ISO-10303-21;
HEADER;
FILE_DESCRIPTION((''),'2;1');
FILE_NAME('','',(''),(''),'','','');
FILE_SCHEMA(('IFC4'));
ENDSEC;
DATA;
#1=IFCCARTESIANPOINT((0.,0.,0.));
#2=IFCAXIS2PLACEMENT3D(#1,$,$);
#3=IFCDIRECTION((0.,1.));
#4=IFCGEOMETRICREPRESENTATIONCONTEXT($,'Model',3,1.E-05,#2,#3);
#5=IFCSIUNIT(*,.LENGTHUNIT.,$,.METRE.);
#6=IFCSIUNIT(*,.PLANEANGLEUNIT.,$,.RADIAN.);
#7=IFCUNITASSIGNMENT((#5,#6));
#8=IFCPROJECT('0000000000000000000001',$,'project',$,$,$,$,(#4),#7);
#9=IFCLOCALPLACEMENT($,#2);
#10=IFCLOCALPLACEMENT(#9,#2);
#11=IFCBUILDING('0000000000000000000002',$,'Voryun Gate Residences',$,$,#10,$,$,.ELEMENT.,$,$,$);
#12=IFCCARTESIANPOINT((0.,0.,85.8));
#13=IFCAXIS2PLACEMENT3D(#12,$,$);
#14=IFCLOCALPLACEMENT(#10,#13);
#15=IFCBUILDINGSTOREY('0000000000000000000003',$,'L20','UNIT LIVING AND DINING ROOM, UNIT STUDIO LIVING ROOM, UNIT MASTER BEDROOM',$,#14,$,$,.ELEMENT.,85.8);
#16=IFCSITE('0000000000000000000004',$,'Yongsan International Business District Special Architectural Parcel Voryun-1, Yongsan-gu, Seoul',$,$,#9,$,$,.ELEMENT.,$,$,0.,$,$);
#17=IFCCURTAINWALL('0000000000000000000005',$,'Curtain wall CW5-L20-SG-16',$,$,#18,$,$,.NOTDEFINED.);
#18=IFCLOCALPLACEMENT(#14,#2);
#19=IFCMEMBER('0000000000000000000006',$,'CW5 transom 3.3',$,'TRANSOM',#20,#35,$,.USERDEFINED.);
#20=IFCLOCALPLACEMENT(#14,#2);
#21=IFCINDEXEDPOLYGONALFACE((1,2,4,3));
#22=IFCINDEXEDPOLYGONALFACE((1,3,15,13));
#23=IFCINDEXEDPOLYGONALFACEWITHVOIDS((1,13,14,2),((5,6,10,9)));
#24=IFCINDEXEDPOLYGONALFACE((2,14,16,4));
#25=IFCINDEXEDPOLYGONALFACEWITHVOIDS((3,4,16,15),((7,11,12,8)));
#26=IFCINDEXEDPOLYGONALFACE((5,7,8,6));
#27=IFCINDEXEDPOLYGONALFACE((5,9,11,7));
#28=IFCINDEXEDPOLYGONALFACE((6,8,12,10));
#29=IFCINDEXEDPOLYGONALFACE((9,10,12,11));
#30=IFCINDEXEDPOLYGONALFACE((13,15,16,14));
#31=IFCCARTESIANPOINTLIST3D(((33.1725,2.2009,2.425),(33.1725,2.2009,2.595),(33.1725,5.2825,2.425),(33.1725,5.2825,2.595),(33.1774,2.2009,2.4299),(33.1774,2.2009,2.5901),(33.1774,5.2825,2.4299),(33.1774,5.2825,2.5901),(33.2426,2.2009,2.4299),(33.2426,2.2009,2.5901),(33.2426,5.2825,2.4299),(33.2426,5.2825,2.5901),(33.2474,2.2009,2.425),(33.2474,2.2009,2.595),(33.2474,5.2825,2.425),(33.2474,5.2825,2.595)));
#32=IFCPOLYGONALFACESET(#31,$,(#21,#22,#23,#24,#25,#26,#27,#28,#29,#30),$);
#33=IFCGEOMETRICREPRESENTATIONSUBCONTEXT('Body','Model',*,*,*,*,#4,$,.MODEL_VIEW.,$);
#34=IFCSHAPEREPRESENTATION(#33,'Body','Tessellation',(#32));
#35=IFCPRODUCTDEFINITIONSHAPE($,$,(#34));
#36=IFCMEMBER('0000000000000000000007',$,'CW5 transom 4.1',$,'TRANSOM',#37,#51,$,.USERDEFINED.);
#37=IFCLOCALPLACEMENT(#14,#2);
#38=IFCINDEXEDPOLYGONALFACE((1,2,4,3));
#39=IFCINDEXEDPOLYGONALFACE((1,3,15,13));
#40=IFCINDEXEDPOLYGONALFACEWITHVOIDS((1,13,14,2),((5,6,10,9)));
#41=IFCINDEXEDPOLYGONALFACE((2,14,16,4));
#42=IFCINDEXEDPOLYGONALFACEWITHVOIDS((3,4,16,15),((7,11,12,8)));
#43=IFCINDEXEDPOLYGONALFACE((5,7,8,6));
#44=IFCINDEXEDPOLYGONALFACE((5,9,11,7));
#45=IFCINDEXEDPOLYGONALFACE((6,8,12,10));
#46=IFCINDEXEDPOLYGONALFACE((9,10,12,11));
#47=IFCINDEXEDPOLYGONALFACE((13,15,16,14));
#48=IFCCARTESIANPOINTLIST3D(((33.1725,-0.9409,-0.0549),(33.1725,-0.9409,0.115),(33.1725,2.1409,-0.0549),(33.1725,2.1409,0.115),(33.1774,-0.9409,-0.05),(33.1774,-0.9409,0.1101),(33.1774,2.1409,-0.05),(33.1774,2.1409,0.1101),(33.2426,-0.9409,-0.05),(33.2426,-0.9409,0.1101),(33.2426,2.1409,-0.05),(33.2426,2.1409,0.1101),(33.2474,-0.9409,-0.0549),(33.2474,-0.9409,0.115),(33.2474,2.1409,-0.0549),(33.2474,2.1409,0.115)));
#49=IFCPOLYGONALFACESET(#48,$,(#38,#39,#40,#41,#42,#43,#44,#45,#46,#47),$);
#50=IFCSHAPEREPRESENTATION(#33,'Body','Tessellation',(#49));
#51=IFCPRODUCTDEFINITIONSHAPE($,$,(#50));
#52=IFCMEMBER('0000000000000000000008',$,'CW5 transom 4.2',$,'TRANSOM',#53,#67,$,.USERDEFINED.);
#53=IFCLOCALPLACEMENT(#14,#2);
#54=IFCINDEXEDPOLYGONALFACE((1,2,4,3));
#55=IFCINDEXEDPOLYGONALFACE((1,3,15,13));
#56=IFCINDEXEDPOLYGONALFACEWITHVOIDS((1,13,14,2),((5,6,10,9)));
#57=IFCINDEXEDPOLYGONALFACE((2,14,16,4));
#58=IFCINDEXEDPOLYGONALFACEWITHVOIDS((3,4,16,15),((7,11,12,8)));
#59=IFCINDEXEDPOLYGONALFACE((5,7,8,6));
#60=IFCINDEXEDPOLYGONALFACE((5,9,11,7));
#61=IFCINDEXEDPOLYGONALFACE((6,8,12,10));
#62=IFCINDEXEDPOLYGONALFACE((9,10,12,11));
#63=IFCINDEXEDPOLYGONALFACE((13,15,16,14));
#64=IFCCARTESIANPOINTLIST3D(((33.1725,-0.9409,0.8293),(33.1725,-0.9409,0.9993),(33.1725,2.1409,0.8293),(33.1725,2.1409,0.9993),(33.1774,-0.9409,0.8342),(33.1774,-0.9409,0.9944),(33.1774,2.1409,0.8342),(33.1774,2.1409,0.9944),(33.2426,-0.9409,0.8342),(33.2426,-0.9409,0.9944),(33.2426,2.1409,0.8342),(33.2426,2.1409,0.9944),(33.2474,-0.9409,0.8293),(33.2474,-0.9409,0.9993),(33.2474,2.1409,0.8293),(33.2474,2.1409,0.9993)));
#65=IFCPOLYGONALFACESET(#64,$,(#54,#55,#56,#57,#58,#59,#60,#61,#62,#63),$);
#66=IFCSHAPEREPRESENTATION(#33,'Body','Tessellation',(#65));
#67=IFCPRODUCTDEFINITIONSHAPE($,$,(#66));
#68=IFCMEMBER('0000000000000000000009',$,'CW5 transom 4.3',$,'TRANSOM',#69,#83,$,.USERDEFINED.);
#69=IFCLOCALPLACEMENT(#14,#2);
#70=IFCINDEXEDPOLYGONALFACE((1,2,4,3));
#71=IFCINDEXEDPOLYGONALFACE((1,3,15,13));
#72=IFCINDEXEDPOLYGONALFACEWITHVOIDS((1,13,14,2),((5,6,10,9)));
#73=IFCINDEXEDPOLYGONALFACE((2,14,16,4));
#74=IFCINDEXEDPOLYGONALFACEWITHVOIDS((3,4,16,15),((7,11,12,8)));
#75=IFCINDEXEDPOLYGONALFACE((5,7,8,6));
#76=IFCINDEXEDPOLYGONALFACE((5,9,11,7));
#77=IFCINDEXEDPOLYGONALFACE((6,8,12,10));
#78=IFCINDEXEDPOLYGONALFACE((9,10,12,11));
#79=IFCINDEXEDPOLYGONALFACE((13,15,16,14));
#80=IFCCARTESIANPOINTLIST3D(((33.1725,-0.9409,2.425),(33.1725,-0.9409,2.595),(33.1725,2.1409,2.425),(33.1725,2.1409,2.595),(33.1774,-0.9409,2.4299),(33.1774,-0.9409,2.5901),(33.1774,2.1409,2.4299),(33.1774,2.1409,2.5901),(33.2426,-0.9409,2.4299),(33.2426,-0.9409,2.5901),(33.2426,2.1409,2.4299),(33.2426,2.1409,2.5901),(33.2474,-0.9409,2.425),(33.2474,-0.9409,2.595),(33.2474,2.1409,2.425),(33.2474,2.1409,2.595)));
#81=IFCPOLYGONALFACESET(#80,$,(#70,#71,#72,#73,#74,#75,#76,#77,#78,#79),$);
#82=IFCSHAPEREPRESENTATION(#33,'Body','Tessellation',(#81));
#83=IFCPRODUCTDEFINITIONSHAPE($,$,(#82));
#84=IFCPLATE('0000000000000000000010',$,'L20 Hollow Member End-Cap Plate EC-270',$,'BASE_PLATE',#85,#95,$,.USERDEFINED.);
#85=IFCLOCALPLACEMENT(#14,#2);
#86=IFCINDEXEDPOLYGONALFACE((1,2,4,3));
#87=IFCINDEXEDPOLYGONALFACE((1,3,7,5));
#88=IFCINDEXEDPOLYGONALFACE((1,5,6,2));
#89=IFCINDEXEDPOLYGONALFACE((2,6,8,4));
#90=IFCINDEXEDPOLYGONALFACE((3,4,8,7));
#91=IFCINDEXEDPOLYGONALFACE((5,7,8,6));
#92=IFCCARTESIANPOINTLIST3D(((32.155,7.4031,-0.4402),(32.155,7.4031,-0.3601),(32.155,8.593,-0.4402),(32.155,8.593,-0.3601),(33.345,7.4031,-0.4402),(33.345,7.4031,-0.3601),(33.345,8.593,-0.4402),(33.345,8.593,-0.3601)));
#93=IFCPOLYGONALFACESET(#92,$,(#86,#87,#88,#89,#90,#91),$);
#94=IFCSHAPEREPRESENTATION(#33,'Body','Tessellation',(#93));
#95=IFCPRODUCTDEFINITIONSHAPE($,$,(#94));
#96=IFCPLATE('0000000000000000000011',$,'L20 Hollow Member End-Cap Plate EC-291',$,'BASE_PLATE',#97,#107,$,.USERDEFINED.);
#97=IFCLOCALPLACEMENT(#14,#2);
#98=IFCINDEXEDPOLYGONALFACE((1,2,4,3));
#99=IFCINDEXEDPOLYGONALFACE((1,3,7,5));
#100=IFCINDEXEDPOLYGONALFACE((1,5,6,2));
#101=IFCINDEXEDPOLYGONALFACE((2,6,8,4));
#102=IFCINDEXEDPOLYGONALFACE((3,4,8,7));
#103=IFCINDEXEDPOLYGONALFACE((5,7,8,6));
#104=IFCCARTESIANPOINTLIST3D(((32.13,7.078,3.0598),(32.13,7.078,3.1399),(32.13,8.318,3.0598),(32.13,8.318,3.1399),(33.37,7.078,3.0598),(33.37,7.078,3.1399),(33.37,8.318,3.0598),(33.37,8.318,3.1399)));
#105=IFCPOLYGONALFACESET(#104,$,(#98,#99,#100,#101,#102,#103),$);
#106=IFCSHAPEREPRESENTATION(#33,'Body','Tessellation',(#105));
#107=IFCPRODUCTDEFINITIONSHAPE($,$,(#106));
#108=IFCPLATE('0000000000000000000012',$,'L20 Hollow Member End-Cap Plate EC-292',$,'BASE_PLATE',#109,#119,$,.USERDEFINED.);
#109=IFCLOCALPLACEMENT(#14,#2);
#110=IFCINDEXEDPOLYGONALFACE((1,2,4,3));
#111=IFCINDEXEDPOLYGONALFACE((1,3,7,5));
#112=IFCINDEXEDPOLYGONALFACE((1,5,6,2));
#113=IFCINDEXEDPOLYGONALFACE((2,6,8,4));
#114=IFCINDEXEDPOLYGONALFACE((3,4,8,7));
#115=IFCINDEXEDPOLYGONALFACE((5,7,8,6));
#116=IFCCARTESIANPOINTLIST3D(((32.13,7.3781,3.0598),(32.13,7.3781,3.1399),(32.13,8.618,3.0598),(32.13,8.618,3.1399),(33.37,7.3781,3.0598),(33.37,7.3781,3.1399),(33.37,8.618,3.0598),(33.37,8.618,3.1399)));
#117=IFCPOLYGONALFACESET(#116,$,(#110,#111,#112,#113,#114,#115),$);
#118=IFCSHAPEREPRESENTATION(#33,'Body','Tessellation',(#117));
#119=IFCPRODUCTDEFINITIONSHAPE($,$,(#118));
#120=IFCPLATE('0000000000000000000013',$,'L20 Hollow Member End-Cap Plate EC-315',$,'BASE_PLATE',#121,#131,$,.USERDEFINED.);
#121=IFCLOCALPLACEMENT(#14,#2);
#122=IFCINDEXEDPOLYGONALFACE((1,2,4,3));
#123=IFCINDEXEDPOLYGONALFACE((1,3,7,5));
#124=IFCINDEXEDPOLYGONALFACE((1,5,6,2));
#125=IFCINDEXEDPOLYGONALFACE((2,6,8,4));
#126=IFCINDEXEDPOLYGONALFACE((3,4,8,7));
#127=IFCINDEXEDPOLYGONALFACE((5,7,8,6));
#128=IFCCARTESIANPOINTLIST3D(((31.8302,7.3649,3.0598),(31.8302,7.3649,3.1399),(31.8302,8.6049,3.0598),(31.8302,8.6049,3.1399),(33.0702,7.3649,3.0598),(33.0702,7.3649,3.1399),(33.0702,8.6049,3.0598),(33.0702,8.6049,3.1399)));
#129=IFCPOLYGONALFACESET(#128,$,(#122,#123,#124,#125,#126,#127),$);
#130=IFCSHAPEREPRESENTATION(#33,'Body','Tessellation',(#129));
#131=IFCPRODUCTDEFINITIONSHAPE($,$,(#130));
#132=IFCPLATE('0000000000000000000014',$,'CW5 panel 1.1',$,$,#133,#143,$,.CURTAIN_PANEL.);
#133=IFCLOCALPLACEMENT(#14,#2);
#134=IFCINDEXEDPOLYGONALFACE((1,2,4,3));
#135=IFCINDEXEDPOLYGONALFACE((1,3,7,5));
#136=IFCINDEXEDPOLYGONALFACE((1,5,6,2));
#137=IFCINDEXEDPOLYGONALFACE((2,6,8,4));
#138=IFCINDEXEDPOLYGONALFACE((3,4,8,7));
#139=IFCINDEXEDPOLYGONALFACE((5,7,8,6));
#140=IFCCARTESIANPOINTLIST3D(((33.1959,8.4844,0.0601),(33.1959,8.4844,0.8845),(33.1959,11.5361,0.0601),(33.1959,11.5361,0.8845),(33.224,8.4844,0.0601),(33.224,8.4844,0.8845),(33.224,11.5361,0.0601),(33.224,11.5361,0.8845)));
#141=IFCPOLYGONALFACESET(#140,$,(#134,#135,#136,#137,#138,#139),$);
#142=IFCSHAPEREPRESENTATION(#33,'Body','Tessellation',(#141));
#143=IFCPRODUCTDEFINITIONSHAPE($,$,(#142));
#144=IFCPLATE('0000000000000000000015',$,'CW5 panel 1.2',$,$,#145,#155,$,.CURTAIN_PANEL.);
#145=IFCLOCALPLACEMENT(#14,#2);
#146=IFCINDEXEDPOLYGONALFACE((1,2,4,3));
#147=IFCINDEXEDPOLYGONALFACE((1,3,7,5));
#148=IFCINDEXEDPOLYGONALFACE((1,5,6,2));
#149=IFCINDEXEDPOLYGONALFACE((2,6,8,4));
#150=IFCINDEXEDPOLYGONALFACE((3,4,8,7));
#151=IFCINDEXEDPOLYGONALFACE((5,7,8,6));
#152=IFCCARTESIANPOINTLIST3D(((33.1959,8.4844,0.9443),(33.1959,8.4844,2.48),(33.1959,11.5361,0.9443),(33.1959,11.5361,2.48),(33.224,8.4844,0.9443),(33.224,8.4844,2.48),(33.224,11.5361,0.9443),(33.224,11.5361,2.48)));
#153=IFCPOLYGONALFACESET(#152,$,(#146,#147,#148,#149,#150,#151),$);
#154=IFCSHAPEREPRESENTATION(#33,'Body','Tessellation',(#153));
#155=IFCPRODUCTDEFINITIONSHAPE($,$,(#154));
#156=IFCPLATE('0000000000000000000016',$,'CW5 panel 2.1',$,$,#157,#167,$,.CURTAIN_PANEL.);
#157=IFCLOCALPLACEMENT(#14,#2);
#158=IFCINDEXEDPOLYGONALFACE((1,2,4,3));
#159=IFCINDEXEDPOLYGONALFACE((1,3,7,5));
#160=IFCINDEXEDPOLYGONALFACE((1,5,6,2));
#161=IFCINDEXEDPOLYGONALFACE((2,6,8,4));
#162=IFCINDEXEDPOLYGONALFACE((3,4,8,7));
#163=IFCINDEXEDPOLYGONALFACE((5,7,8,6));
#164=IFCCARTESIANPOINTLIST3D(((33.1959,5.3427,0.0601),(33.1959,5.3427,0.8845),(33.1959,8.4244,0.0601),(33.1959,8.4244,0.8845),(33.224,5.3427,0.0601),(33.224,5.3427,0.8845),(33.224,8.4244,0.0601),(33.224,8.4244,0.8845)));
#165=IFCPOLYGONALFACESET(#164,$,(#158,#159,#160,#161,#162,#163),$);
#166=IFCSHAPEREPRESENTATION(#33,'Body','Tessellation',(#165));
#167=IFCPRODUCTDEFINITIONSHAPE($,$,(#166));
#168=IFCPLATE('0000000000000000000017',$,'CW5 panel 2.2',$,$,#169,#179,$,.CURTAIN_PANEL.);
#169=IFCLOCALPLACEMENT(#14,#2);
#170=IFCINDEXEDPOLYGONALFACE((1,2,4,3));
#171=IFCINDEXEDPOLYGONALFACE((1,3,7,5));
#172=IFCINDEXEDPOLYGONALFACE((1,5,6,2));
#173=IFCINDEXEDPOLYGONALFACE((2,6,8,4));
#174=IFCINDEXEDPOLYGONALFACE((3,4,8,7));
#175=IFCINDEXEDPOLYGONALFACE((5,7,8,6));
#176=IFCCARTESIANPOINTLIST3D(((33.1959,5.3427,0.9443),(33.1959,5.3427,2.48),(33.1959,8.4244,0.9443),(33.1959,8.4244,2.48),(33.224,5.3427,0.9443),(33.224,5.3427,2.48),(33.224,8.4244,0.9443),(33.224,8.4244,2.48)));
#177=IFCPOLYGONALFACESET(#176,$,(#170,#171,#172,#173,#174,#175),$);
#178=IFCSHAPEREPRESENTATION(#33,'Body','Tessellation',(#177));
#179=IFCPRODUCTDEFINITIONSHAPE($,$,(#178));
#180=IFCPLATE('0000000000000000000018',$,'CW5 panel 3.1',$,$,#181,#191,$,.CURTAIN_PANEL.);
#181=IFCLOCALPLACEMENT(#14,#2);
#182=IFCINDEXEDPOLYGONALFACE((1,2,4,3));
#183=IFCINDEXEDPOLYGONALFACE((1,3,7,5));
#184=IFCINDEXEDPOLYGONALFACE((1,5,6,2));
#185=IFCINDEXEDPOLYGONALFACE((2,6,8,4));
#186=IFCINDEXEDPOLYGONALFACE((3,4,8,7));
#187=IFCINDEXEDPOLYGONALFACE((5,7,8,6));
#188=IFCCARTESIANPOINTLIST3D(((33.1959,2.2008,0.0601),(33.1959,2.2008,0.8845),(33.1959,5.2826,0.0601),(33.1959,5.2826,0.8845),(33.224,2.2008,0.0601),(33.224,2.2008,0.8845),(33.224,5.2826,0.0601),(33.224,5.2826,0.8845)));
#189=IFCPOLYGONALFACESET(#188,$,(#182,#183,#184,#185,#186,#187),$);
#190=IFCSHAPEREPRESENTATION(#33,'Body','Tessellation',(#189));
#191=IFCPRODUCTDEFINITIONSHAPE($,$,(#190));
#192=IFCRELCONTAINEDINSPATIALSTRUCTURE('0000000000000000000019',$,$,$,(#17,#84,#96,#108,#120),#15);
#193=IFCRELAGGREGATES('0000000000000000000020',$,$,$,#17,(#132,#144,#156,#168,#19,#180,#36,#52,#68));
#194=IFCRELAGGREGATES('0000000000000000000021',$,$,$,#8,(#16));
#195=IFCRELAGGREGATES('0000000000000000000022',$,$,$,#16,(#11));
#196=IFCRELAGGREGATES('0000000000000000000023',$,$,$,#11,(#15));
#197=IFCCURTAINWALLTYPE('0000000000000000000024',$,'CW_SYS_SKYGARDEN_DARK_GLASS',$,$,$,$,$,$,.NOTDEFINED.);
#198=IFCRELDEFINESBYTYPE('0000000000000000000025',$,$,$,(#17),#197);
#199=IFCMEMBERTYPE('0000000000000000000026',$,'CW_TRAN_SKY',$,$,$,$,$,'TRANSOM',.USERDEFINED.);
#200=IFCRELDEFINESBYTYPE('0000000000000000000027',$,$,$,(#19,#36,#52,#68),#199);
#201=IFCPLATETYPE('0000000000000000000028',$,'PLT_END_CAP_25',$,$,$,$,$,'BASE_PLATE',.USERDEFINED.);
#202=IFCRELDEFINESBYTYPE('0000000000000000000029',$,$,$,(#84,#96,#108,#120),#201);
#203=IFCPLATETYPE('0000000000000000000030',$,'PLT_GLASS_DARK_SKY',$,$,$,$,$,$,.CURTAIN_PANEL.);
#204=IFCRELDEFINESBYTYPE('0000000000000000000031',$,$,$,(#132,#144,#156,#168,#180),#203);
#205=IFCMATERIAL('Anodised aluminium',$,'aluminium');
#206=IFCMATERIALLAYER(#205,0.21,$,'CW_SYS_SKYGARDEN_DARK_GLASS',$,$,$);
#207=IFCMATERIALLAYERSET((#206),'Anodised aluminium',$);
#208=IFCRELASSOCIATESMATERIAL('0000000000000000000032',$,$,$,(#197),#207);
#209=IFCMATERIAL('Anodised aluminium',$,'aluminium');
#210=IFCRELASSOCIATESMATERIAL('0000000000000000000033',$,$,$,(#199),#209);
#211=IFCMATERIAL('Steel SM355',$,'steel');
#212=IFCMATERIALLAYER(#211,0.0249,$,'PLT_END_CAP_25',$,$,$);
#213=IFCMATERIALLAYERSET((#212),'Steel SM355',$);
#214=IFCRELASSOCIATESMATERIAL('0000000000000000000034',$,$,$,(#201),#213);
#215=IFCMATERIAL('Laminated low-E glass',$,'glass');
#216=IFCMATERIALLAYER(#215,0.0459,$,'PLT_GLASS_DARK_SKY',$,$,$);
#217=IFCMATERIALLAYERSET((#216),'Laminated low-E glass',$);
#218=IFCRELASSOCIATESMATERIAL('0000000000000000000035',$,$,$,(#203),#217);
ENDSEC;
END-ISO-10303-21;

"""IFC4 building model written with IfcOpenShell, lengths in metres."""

from ifc_helpers import new_model, si_unit, direction, frame, origin, origin_2d, place, context, subcontext, project, spatial, rectangle, hollow_rectangle, extrude, material, layer, layer_set, material_profile, profile_set, type_object, element, aggregate, save


model = new_model("IFC4")

# Units and contexts
model_context = context("Model", 3, precision=1e-05, world=origin(), true_north=direction((0.0, 1.0)))
body_context = subcontext(model_context, "Body", "Model", "MODEL_VIEW")
ifc_project = project(units=[si_unit("LENGTHUNIT", "METRE"), si_unit("PLANEANGLEUNIT", "RADIAN")], contexts=[model_context])

# Site, building, storey
site_placement = place(None, origin())
site = spatial("IfcSite", under=ifc_project, at=site_placement, Name="Yongsan International Business District Special Architectural Parcel Voryun-1, Yongsan-gu, Seoul", CompositionType="ELEMENT", RefElevation=0.0)
building_placement = place(site_placement, origin())
building = spatial("IfcBuilding", under=site, at=building_placement, Name="Voryun Gate Residences", CompositionType="ELEMENT")
storey_placement = place(building_placement, frame((0.0, 0.0, 85.8)))
storey = spatial("IfcBuildingStorey", under=building, at=storey_placement, Name="L20", Description="UNIT LIVING AND DINING ROOM, UNIT STUDIO LIVING ROOM, UNIT MASTER BEDROOM", CompositionType="ELEMENT", Elevation=85.8)

# Curtain wall, members
ifc_material_1 = material(Name="Anodised aluminium", Category="aluminium")
ifc_layer_1 = layer(ifc_material_1, 0.21, Name="CW_SYS_SKYGARDEN_DARK_GLASS")
ifc_layer_set_1 = layer_set([ifc_layer_1], Name="Anodised aluminium")
curtain_wall_type = type_object("IfcCurtainWallType", Name="CW_SYS_SKYGARDEN_DARK_GLASS", PredefinedType="NOTDEFINED", material=ifc_layer_set_1)
curtain_wall_placement = place(storey_placement, origin())
curtain_wall = element("IfcCurtainWall", 1, at=curtain_wall_placement, inside=storey, type_object=curtain_wall_type, Name="Curtain wall CW5-L20-SG-16", PredefinedType="NOTDEFINED")
ifc_material_2 = material(Name="Anodised aluminium", Category="aluminium")
ifc_material_profile_1 = material_profile(ifc_material_2, hollow_rectangle(XDim=0.075, YDim=0.1699, WallThickness=0.0049, at=origin_2d()), Name="ALU-TRAN-170x75x5")
ifc_profile_set_1 = profile_set([ifc_material_profile_1], Name="Anodised aluminium")
member_type_1 = type_object("IfcMemberType", Name="CW_TRAN_SKY", ElementType="TRANSOM", PredefinedType="USERDEFINED", material=ifc_profile_set_1)
member_1_placement = place(storey_placement, frame((33.21, 5.2825, 2.51), z_axis=(0.0, -1.0, 0.0), x_axis=(1.0, 0.0, 0.0)))
member_1 = element("IfcMember", 2, at=member_1_placement, type_object=member_type_1, Name="CW5 transom 3.3", ObjectType="TRANSOM", PredefinedType="USERDEFINED", context=body_context, shape_type="SweptSolid", body=[
    extrude(hollow_rectangle(XDim=0.075, YDim=0.1699, WallThickness=0.0049, at=origin_2d()), origin(), (0.0, 0.0, 1.0), 3.0815),
])
member_2_placement = place(storey_placement, frame((33.21, 2.1409, 0.03), z_axis=(0.0, -1.0, 0.0), x_axis=(1.0, 0.0, 0.0)))
member_2 = element("IfcMember", 3, at=member_2_placement, type_object=member_type_1, Name="CW5 transom 4.1", ObjectType="TRANSOM", PredefinedType="USERDEFINED", context=body_context, shape_type="SweptSolid", body=[
    extrude(hollow_rectangle(XDim=0.075, YDim=0.1699, WallThickness=0.0049, at=origin_2d()), origin(), (0.0, 0.0, 1.0), 3.0818),
])
member_3_placement = place(storey_placement, frame((33.21, 2.1409, 0.9143), z_axis=(0.0, -1.0, 0.0), x_axis=(1.0, 0.0, 0.0)))
member_3 = element("IfcMember", 4, at=member_3_placement, type_object=member_type_1, Name="CW5 transom 4.2", ObjectType="TRANSOM", PredefinedType="USERDEFINED", context=body_context, shape_type="SweptSolid", body=[
    extrude(hollow_rectangle(XDim=0.075, YDim=0.1699, WallThickness=0.0049, at=origin_2d()), origin(), (0.0, 0.0, 1.0), 3.0818),
])
member_4_placement = place(storey_placement, frame((33.21, 2.1409, 2.51), z_axis=(0.0, -1.0, 0.0), x_axis=(1.0, 0.0, 0.0)))
member_4 = element("IfcMember", 5, at=member_4_placement, type_object=member_type_1, Name="CW5 transom 4.3", ObjectType="TRANSOM", PredefinedType="USERDEFINED", context=body_context, shape_type="SweptSolid", body=[
    extrude(hollow_rectangle(XDim=0.075, YDim=0.1699, WallThickness=0.0049, at=origin_2d()), origin(), (0.0, 0.0, 1.0), 3.0818),
])

# Plates
ifc_material_3 = material(Name="Steel SM355", Category="steel")
ifc_layer_2 = layer(ifc_material_3, 0.0249, Name="PLT_END_CAP_25")
ifc_layer_set_2 = layer_set([ifc_layer_2], Name="Steel SM355")
plate_type_1 = type_object("IfcPlateType", Name="PLT_END_CAP_25", ElementType="BASE_PLATE", PredefinedType="USERDEFINED", material=ifc_layer_set_2)
plate_1_placement = place(storey_placement, frame((32.75, 7.998, -0.4402), z_axis=(0.0, 0.0, 1.0), x_axis=(1.0, 0.0, 0.0)))
element("IfcPlate", 6, at=plate_1_placement, inside=storey, type_object=plate_type_1, Name="L20 Hollow Member End-Cap Plate EC-270", ObjectType="BASE_PLATE", PredefinedType="USERDEFINED", context=body_context, shape_type="SweptSolid", body=[
    extrude(rectangle(XDim=1.1899, YDim=1.1899, at=origin_2d()), origin(), (0.0, 0.0, 1.0), 0.0801),
])
for number, where, z_axis, x_axis, name in (
    (7, (32.75, 7.698, 3.0598), (0.0, 0.0, 1.0), (1.0, 0.0, 0.0), "L20 Hollow Member End-Cap Plate EC-291"),
    (8, (32.75, 7.998, 3.0598), (0.0, 0.0, 1.0), (1.0, 0.0, 0.0), "L20 Hollow Member End-Cap Plate EC-292"),
    (9, (32.4502, 7.9849, 3.0598), (0.0, 0.0, 1.0), (1.0, 0.0, 0.0), "L20 Hollow Member End-Cap Plate EC-315"),
):
    element("IfcPlate", number, at=place(storey_placement, frame(where, z_axis=z_axis, x_axis=x_axis)), inside=storey, type_object=plate_type_1, Name=name, ObjectType="BASE_PLATE", PredefinedType="USERDEFINED", context=body_context, shape_type="SweptSolid", body=[
        extrude(rectangle(XDim=1.24, YDim=1.24, at=origin_2d()), origin(), (0.0, 0.0, 1.0), 0.0801),
    ])

# Plates
ifc_material_4 = material(Name="Laminated low-E glass", Category="glass")
ifc_layer_3 = layer(ifc_material_4, 0.0459, Name="PLT_GLASS_DARK_SKY")
ifc_layer_set_3 = layer_set([ifc_layer_3], Name="Laminated low-E glass")
plate_type_2 = type_object("IfcPlateType", Name="PLT_GLASS_DARK_SKY", PredefinedType="CURTAIN_PANEL", material=ifc_layer_set_3)
plate_2_placement = place(storey_placement, frame((33.21, 10.0103, 0.0601), z_axis=(0.0, 0.0, 1.0), x_axis=(0.0, -1.0, 0.0)))
plate_2 = element("IfcPlate", 10, at=plate_2_placement, type_object=plate_type_2, Name="CW5 panel 1.1", PredefinedType="CURTAIN_PANEL", context=body_context, shape_type="SweptSolid", body=[
    extrude(rectangle(XDim=3.0518, YDim=0.0281, at=origin_2d()), origin(), (0.0, 0.0, 1.0), 0.8245),
])
plate_3_placement = place(storey_placement, frame((33.21, 10.0103, 0.9443), z_axis=(0.0, 0.0, 1.0), x_axis=(0.0, -1.0, 0.0)))
plate_3 = element("IfcPlate", 11, at=plate_3_placement, type_object=plate_type_2, Name="CW5 panel 1.2", PredefinedType="CURTAIN_PANEL", context=body_context, shape_type="SweptSolid", body=[
    extrude(rectangle(XDim=3.0518, YDim=0.0281, at=origin_2d()), origin(), (0.0, 0.0, 1.0), 1.5356),
])
plate_4_placement = place(storey_placement, frame((33.21, 6.8835, 0.0601), z_axis=(0.0, 0.0, 1.0), x_axis=(0.0, -1.0, 0.0)))
plate_4 = element("IfcPlate", 12, at=plate_4_placement, type_object=plate_type_2, Name="CW5 panel 2.1", PredefinedType="CURTAIN_PANEL", context=body_context, shape_type="SweptSolid", body=[
    extrude(rectangle(XDim=3.0818, YDim=0.0281, at=origin_2d()), origin(), (0.0, 0.0, 1.0), 0.8245),
])
plate_5_placement = place(storey_placement, frame((33.21, 6.8835, 0.9443), z_axis=(0.0, 0.0, 1.0), x_axis=(0.0, -1.0, 0.0)))
plate_5 = element("IfcPlate", 13, at=plate_5_placement, type_object=plate_type_2, Name="CW5 panel 2.2", PredefinedType="CURTAIN_PANEL", context=body_context, shape_type="SweptSolid", body=[
    extrude(rectangle(XDim=3.0818, YDim=0.0281, at=origin_2d()), origin(), (0.0, 0.0, 1.0), 1.5356),
])
plate_6_placement = place(storey_placement, frame((33.21, 3.7417, 0.0601), z_axis=(0.0, 0.0, 1.0), x_axis=(0.0, -1.0, 0.0)))
plate_6 = element("IfcPlate", 14, at=plate_6_placement, type_object=plate_type_2, Name="CW5 panel 3.1", PredefinedType="CURTAIN_PANEL", context=body_context, shape_type="SweptSolid", body=[
    extrude(rectangle(XDim=3.0818, YDim=0.0281, at=origin_2d()), origin(), (0.0, 0.0, 1.0), 0.8245),
])
aggregate(curtain_wall, [plate_2, plate_3, plate_4, plate_5, member_1, plate_6, member_2, member_3, member_4])

save(model, "model.ifc")
